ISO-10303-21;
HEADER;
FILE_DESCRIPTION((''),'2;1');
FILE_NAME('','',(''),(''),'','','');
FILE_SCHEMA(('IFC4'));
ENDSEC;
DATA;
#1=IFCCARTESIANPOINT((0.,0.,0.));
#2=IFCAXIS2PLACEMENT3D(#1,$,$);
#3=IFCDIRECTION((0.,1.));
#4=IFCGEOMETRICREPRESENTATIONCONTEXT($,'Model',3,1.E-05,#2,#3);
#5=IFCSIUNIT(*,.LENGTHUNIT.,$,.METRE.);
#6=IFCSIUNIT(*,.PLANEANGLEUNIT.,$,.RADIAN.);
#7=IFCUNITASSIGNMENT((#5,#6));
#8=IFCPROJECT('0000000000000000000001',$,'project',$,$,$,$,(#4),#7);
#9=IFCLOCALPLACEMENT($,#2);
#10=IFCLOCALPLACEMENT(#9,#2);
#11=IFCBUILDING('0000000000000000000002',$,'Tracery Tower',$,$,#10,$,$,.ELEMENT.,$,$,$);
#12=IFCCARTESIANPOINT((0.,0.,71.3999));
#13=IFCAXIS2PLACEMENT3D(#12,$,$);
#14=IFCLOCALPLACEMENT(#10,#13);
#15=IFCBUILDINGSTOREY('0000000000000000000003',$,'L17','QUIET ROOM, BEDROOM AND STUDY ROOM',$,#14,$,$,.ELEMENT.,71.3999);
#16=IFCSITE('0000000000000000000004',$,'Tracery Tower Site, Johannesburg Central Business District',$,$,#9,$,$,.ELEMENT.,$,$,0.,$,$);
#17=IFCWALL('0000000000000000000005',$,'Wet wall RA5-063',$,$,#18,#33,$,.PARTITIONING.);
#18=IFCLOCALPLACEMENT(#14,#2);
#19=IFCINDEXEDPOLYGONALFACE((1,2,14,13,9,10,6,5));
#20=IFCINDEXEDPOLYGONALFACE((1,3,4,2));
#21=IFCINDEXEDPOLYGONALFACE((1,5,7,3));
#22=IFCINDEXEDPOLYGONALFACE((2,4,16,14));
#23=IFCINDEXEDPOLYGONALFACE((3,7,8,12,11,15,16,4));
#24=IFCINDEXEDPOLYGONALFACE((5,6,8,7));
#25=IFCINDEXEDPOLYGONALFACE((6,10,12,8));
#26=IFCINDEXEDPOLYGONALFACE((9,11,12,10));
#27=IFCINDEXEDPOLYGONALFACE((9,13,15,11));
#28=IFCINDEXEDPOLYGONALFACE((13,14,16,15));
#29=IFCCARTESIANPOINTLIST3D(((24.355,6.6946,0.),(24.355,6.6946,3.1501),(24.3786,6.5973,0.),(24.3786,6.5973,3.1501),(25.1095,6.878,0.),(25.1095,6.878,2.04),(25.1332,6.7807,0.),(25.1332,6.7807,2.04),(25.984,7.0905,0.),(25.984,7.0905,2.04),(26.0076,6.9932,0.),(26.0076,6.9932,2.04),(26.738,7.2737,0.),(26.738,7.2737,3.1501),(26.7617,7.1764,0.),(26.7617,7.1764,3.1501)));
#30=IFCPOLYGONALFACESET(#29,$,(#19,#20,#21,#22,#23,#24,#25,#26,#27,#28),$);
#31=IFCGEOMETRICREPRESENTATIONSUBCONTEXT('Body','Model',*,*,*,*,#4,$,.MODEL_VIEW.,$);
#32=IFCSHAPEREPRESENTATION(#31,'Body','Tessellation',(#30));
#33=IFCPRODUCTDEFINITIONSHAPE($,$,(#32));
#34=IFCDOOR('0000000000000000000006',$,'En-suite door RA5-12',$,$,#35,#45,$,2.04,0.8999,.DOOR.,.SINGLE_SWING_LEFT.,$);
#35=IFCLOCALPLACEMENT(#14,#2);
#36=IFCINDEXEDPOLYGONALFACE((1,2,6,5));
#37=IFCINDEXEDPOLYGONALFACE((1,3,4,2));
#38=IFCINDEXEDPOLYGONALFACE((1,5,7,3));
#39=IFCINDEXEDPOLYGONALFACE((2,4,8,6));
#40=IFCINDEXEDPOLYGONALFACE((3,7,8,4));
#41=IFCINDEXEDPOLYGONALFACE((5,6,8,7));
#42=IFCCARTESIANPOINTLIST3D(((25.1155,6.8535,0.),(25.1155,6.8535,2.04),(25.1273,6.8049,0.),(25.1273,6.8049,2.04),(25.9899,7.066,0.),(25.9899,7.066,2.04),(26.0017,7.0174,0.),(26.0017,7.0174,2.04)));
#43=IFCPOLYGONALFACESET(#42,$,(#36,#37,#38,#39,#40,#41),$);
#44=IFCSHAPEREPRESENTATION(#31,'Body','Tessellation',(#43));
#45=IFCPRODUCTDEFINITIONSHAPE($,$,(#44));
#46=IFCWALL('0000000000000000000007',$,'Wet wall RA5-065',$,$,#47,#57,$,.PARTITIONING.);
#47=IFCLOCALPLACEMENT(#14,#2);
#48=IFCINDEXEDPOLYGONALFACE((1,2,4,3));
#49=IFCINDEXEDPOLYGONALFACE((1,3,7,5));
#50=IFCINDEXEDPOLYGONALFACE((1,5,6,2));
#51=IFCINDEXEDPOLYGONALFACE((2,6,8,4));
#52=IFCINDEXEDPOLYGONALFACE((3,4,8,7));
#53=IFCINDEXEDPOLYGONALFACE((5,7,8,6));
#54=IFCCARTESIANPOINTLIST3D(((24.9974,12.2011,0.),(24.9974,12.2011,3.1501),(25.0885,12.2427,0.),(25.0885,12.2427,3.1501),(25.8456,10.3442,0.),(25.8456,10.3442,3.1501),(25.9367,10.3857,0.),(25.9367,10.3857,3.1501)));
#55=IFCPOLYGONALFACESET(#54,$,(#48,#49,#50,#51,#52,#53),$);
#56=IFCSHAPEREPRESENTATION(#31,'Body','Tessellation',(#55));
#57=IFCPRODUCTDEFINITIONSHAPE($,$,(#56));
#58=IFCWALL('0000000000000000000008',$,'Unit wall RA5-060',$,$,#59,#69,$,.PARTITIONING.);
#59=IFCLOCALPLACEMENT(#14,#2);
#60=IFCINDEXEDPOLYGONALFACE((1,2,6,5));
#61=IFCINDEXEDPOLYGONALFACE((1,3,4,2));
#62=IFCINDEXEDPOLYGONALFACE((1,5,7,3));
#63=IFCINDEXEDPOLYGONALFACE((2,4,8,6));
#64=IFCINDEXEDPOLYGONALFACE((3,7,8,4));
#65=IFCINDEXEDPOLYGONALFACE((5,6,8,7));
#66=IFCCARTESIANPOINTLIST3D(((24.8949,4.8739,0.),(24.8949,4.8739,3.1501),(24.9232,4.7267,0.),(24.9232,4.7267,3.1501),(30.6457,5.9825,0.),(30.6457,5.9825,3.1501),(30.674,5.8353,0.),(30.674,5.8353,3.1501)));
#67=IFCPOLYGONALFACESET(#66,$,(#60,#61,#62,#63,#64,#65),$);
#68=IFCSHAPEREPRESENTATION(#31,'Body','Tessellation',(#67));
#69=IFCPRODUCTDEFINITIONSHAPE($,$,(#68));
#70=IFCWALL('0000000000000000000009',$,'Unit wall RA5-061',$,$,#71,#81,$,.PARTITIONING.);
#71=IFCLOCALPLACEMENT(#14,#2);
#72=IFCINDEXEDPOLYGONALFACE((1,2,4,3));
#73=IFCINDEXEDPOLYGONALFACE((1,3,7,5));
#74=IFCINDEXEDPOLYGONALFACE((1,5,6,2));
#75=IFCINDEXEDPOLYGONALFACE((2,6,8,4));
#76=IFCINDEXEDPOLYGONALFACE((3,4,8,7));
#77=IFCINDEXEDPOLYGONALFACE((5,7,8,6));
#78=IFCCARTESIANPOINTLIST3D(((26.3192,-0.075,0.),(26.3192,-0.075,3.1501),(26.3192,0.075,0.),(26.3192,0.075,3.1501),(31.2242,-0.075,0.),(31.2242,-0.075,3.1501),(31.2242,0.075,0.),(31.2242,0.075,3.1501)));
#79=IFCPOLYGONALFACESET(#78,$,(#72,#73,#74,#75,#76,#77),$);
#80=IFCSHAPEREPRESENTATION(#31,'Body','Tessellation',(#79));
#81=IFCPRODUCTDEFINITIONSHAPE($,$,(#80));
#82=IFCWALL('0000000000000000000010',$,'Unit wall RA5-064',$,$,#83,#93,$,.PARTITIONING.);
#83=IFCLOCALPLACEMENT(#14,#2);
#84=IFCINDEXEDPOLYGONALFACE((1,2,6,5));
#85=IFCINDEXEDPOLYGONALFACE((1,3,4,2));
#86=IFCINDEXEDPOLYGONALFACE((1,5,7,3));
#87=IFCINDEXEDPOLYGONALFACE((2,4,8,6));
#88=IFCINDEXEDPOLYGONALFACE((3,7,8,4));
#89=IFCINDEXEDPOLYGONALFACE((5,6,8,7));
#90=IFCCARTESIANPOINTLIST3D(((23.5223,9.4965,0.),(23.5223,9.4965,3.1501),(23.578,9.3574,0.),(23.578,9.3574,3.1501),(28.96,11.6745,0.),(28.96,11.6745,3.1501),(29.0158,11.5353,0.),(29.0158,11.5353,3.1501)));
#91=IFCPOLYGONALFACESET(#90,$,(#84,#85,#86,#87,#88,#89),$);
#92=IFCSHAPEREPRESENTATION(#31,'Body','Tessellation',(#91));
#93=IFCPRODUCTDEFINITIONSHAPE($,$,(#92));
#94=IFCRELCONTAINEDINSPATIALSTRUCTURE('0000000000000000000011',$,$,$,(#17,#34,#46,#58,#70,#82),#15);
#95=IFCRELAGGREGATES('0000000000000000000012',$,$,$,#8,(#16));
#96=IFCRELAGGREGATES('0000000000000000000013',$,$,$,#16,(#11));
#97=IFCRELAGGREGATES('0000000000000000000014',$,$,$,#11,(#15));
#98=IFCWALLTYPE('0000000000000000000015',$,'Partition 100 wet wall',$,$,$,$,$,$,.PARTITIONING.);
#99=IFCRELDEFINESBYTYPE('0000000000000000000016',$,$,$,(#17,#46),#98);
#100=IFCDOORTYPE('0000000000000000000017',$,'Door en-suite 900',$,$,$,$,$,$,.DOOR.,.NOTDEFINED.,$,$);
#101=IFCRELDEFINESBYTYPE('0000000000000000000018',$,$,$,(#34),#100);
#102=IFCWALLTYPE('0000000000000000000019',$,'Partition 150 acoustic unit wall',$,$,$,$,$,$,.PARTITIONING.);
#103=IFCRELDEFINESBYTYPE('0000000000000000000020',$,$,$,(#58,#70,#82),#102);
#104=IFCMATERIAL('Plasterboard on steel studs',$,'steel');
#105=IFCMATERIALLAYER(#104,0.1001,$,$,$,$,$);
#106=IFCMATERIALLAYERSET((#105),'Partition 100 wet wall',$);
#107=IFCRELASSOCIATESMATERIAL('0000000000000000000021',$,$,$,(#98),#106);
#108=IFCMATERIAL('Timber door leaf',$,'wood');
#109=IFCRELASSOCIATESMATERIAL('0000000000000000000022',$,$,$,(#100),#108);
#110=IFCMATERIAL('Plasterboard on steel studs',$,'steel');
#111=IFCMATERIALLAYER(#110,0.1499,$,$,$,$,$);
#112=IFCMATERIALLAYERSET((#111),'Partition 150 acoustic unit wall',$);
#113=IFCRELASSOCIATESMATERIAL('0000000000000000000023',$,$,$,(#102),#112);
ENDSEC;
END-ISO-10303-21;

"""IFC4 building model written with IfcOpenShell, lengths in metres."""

from ifc_helpers import new_model, si_unit, direction, frame, frame_2d, origin, place, context, subcontext, project, spatial, rectangle, extrude, material, layer, layer_set, type_object, element, fill, save


model = new_model("IFC4")

# Units and contexts
model_context = context("Model", 3, precision=1e-05, world=origin(), true_north=direction((0.0, 1.0)))
body_context = subcontext(model_context, "Body", "Model", "MODEL_VIEW")
ifc_project = project(units=[si_unit("LENGTHUNIT", "METRE"), si_unit("PLANEANGLEUNIT", "RADIAN")], contexts=[model_context])

# Site, building, storey
site_placement = place(None, origin())
site = spatial("IfcSite", under=ifc_project, at=site_placement, Name="Tracery Tower Site, Johannesburg Central Business District", CompositionType="ELEMENT", RefElevation=0.0)
building_placement = place(site_placement, origin())
building = spatial("IfcBuilding", under=site, at=building_placement, Name="Tracery Tower", CompositionType="ELEMENT")
storey_placement = place(building_placement, frame((0.0, 0.0, 71.3999)))
storey = spatial("IfcBuildingStorey", under=building, at=storey_placement, Name="L17", Description="QUIET ROOM, BEDROOM AND STUDY ROOM", CompositionType="ELEMENT", Elevation=71.3999)

# Shared definitions
ifc_material_1 = material(Name="Plasterboard on steel studs", Category="steel")
ifc_layer_1 = layer(ifc_material_1, 0.1001)
ifc_layer_set_1 = layer_set([ifc_layer_1], Name="Partition 100 wet wall")
wall_type_1 = type_object("IfcWallType", Name="Partition 100 wet wall", PredefinedType="PARTITIONING", material=ifc_layer_set_1)

# Shared definitions
ifc_material_2 = material(Name="Timber door leaf", Category="wood")
door_type = type_object("IfcDoorType", Name="Door en-suite 900", OperationType="NOTDEFINED", PredefinedType="DOOR", material=ifc_material_2)

# Wall, opening, door
wall_1_placement = place(storey_placement, frame((24.3669, 6.646, 0.0), z_axis=(0.0, 0.0, 1.0), x_axis=(0.97172, 0.236136, 0.0)))
wall_1 = element("IfcWall", 1, at=wall_1_placement, inside=storey, type_object=wall_type_1, Name="Wet wall RA5-063", PredefinedType="PARTITIONING", context=body_context, shape_type="SweptSolid", body=[
    extrude(rectangle(XDim=2.4524, YDim=0.1001, at=frame_2d((1.2261, 0.0))), origin(), (0.0, 0.0, 1.0), 3.1501),
])
opening_1_placement = place(wall_1_placement, frame((0.7764, 0.0, 0.0)))
opening_1 = element("IfcOpeningElement", 2, at=opening_1_placement, cuts=wall_1, PredefinedType="OPENING", context=body_context, shape_type="SweptSolid", body=[
    extrude(rectangle(XDim=0.8999, YDim=2.04, at=frame_2d((0.45, 1.02))), frame((0.0, 0.05, 0.0), z_axis=(0.0, -1.0, 0.0), x_axis=(1.0, 0.0, 0.0)), (0.0, 0.0, 1.0), 0.1001),
])
door_1_placement = place(opening_1_placement, origin())
door_1 = element("IfcDoor", 3, at=door_1_placement, inside=storey, type_object=door_type, Name="En-suite door RA5-12", OperationType="SINGLE_SWING_LEFT", OverallHeight=2.04, OverallWidth=0.8999, PredefinedType="DOOR", context=body_context, shape_type="SweptSolid", body=[
    extrude(rectangle(XDim=0.8999, YDim=2.04, at=frame_2d((0.45, 1.02))), frame((0.0, 0.0249, 0.0), z_axis=(0.0, -1.0, 0.0), x_axis=(1.0, 0.0, 0.0)), (0.0, 0.0, 1.0), 0.05),
])
fill(opening_1, door_1)

# Walls
wall_2_placement = place(storey_placement, frame((25.043, 12.2219, 0.0), z_axis=(0.0, 0.0, 1.0), x_axis=(0.41546, -0.909611, 0.0)))
element("IfcWall", 4, at=wall_2_placement, inside=storey, type_object=wall_type_1, Name="Wet wall RA5-065", PredefinedType="PARTITIONING", context=body_context, shape_type="SweptSolid", body=[
    extrude(rectangle(XDim=2.0415, YDim=0.1001, at=frame_2d((1.0208, 0.0))), origin(), (0.0, 0.0, 1.0), 3.1501),
])
ifc_material_3 = material(Name="Plasterboard on steel studs", Category="steel")
ifc_layer_2 = layer(ifc_material_3, 0.1499)
ifc_layer_set_2 = layer_set([ifc_layer_2], Name="Partition 150 acoustic unit wall")
wall_type_2 = type_object("IfcWallType", Name="Partition 150 acoustic unit wall", PredefinedType="PARTITIONING", material=ifc_layer_set_2)
wall_3_placement = place(storey_placement, frame((24.9092, 4.8003, 0.0), z_axis=(0.0, 0.0, 1.0), x_axis=(0.98192, 0.189297, 0.0)))
element("IfcWall", 5, at=wall_3_placement, inside=storey, type_object=wall_type_2, Name="Unit wall RA5-060", PredefinedType="PARTITIONING", context=body_context, shape_type="SweptSolid", body=[
    extrude(rectangle(XDim=5.8567, YDim=0.1499, at=frame_2d((2.9282, 0.0))), origin(), (0.0, 0.0, 1.0), 3.1501),
])
wall_4_placement = place(storey_placement, frame((26.3191, 0.0, 0.0), z_axis=(0.0, 0.0, 1.0), x_axis=(1.0, 0.0, 0.0)))
element("IfcWall", 6, at=wall_4_placement, inside=storey, type_object=wall_type_2, Name="Unit wall RA5-061", PredefinedType="PARTITIONING", context=body_context, shape_type="SweptSolid", body=[
    extrude(rectangle(XDim=4.905, YDim=0.1499, at=frame_2d((2.4526, 0.0))), origin(), (0.0, 0.0, 1.0), 3.1501),
])
wall_5_placement = place(storey_placement, frame((23.5503, 9.427, 0.0), z_axis=(0.0, 0.0, 1.0), x_axis=(0.928307, 0.371815, 0.0)))
element("IfcWall", 7, at=wall_5_placement, inside=storey, type_object=wall_type_2, Name="Unit wall RA5-064", PredefinedType="PARTITIONING", context=body_context, shape_type="SweptSolid", body=[
    extrude(rectangle(XDim=5.8577, YDim=0.1499, at=frame_2d((2.9287, 0.0))), origin(), (0.0, 0.0, 1.0), 3.1501),
])

save(model, "model.ifc")
